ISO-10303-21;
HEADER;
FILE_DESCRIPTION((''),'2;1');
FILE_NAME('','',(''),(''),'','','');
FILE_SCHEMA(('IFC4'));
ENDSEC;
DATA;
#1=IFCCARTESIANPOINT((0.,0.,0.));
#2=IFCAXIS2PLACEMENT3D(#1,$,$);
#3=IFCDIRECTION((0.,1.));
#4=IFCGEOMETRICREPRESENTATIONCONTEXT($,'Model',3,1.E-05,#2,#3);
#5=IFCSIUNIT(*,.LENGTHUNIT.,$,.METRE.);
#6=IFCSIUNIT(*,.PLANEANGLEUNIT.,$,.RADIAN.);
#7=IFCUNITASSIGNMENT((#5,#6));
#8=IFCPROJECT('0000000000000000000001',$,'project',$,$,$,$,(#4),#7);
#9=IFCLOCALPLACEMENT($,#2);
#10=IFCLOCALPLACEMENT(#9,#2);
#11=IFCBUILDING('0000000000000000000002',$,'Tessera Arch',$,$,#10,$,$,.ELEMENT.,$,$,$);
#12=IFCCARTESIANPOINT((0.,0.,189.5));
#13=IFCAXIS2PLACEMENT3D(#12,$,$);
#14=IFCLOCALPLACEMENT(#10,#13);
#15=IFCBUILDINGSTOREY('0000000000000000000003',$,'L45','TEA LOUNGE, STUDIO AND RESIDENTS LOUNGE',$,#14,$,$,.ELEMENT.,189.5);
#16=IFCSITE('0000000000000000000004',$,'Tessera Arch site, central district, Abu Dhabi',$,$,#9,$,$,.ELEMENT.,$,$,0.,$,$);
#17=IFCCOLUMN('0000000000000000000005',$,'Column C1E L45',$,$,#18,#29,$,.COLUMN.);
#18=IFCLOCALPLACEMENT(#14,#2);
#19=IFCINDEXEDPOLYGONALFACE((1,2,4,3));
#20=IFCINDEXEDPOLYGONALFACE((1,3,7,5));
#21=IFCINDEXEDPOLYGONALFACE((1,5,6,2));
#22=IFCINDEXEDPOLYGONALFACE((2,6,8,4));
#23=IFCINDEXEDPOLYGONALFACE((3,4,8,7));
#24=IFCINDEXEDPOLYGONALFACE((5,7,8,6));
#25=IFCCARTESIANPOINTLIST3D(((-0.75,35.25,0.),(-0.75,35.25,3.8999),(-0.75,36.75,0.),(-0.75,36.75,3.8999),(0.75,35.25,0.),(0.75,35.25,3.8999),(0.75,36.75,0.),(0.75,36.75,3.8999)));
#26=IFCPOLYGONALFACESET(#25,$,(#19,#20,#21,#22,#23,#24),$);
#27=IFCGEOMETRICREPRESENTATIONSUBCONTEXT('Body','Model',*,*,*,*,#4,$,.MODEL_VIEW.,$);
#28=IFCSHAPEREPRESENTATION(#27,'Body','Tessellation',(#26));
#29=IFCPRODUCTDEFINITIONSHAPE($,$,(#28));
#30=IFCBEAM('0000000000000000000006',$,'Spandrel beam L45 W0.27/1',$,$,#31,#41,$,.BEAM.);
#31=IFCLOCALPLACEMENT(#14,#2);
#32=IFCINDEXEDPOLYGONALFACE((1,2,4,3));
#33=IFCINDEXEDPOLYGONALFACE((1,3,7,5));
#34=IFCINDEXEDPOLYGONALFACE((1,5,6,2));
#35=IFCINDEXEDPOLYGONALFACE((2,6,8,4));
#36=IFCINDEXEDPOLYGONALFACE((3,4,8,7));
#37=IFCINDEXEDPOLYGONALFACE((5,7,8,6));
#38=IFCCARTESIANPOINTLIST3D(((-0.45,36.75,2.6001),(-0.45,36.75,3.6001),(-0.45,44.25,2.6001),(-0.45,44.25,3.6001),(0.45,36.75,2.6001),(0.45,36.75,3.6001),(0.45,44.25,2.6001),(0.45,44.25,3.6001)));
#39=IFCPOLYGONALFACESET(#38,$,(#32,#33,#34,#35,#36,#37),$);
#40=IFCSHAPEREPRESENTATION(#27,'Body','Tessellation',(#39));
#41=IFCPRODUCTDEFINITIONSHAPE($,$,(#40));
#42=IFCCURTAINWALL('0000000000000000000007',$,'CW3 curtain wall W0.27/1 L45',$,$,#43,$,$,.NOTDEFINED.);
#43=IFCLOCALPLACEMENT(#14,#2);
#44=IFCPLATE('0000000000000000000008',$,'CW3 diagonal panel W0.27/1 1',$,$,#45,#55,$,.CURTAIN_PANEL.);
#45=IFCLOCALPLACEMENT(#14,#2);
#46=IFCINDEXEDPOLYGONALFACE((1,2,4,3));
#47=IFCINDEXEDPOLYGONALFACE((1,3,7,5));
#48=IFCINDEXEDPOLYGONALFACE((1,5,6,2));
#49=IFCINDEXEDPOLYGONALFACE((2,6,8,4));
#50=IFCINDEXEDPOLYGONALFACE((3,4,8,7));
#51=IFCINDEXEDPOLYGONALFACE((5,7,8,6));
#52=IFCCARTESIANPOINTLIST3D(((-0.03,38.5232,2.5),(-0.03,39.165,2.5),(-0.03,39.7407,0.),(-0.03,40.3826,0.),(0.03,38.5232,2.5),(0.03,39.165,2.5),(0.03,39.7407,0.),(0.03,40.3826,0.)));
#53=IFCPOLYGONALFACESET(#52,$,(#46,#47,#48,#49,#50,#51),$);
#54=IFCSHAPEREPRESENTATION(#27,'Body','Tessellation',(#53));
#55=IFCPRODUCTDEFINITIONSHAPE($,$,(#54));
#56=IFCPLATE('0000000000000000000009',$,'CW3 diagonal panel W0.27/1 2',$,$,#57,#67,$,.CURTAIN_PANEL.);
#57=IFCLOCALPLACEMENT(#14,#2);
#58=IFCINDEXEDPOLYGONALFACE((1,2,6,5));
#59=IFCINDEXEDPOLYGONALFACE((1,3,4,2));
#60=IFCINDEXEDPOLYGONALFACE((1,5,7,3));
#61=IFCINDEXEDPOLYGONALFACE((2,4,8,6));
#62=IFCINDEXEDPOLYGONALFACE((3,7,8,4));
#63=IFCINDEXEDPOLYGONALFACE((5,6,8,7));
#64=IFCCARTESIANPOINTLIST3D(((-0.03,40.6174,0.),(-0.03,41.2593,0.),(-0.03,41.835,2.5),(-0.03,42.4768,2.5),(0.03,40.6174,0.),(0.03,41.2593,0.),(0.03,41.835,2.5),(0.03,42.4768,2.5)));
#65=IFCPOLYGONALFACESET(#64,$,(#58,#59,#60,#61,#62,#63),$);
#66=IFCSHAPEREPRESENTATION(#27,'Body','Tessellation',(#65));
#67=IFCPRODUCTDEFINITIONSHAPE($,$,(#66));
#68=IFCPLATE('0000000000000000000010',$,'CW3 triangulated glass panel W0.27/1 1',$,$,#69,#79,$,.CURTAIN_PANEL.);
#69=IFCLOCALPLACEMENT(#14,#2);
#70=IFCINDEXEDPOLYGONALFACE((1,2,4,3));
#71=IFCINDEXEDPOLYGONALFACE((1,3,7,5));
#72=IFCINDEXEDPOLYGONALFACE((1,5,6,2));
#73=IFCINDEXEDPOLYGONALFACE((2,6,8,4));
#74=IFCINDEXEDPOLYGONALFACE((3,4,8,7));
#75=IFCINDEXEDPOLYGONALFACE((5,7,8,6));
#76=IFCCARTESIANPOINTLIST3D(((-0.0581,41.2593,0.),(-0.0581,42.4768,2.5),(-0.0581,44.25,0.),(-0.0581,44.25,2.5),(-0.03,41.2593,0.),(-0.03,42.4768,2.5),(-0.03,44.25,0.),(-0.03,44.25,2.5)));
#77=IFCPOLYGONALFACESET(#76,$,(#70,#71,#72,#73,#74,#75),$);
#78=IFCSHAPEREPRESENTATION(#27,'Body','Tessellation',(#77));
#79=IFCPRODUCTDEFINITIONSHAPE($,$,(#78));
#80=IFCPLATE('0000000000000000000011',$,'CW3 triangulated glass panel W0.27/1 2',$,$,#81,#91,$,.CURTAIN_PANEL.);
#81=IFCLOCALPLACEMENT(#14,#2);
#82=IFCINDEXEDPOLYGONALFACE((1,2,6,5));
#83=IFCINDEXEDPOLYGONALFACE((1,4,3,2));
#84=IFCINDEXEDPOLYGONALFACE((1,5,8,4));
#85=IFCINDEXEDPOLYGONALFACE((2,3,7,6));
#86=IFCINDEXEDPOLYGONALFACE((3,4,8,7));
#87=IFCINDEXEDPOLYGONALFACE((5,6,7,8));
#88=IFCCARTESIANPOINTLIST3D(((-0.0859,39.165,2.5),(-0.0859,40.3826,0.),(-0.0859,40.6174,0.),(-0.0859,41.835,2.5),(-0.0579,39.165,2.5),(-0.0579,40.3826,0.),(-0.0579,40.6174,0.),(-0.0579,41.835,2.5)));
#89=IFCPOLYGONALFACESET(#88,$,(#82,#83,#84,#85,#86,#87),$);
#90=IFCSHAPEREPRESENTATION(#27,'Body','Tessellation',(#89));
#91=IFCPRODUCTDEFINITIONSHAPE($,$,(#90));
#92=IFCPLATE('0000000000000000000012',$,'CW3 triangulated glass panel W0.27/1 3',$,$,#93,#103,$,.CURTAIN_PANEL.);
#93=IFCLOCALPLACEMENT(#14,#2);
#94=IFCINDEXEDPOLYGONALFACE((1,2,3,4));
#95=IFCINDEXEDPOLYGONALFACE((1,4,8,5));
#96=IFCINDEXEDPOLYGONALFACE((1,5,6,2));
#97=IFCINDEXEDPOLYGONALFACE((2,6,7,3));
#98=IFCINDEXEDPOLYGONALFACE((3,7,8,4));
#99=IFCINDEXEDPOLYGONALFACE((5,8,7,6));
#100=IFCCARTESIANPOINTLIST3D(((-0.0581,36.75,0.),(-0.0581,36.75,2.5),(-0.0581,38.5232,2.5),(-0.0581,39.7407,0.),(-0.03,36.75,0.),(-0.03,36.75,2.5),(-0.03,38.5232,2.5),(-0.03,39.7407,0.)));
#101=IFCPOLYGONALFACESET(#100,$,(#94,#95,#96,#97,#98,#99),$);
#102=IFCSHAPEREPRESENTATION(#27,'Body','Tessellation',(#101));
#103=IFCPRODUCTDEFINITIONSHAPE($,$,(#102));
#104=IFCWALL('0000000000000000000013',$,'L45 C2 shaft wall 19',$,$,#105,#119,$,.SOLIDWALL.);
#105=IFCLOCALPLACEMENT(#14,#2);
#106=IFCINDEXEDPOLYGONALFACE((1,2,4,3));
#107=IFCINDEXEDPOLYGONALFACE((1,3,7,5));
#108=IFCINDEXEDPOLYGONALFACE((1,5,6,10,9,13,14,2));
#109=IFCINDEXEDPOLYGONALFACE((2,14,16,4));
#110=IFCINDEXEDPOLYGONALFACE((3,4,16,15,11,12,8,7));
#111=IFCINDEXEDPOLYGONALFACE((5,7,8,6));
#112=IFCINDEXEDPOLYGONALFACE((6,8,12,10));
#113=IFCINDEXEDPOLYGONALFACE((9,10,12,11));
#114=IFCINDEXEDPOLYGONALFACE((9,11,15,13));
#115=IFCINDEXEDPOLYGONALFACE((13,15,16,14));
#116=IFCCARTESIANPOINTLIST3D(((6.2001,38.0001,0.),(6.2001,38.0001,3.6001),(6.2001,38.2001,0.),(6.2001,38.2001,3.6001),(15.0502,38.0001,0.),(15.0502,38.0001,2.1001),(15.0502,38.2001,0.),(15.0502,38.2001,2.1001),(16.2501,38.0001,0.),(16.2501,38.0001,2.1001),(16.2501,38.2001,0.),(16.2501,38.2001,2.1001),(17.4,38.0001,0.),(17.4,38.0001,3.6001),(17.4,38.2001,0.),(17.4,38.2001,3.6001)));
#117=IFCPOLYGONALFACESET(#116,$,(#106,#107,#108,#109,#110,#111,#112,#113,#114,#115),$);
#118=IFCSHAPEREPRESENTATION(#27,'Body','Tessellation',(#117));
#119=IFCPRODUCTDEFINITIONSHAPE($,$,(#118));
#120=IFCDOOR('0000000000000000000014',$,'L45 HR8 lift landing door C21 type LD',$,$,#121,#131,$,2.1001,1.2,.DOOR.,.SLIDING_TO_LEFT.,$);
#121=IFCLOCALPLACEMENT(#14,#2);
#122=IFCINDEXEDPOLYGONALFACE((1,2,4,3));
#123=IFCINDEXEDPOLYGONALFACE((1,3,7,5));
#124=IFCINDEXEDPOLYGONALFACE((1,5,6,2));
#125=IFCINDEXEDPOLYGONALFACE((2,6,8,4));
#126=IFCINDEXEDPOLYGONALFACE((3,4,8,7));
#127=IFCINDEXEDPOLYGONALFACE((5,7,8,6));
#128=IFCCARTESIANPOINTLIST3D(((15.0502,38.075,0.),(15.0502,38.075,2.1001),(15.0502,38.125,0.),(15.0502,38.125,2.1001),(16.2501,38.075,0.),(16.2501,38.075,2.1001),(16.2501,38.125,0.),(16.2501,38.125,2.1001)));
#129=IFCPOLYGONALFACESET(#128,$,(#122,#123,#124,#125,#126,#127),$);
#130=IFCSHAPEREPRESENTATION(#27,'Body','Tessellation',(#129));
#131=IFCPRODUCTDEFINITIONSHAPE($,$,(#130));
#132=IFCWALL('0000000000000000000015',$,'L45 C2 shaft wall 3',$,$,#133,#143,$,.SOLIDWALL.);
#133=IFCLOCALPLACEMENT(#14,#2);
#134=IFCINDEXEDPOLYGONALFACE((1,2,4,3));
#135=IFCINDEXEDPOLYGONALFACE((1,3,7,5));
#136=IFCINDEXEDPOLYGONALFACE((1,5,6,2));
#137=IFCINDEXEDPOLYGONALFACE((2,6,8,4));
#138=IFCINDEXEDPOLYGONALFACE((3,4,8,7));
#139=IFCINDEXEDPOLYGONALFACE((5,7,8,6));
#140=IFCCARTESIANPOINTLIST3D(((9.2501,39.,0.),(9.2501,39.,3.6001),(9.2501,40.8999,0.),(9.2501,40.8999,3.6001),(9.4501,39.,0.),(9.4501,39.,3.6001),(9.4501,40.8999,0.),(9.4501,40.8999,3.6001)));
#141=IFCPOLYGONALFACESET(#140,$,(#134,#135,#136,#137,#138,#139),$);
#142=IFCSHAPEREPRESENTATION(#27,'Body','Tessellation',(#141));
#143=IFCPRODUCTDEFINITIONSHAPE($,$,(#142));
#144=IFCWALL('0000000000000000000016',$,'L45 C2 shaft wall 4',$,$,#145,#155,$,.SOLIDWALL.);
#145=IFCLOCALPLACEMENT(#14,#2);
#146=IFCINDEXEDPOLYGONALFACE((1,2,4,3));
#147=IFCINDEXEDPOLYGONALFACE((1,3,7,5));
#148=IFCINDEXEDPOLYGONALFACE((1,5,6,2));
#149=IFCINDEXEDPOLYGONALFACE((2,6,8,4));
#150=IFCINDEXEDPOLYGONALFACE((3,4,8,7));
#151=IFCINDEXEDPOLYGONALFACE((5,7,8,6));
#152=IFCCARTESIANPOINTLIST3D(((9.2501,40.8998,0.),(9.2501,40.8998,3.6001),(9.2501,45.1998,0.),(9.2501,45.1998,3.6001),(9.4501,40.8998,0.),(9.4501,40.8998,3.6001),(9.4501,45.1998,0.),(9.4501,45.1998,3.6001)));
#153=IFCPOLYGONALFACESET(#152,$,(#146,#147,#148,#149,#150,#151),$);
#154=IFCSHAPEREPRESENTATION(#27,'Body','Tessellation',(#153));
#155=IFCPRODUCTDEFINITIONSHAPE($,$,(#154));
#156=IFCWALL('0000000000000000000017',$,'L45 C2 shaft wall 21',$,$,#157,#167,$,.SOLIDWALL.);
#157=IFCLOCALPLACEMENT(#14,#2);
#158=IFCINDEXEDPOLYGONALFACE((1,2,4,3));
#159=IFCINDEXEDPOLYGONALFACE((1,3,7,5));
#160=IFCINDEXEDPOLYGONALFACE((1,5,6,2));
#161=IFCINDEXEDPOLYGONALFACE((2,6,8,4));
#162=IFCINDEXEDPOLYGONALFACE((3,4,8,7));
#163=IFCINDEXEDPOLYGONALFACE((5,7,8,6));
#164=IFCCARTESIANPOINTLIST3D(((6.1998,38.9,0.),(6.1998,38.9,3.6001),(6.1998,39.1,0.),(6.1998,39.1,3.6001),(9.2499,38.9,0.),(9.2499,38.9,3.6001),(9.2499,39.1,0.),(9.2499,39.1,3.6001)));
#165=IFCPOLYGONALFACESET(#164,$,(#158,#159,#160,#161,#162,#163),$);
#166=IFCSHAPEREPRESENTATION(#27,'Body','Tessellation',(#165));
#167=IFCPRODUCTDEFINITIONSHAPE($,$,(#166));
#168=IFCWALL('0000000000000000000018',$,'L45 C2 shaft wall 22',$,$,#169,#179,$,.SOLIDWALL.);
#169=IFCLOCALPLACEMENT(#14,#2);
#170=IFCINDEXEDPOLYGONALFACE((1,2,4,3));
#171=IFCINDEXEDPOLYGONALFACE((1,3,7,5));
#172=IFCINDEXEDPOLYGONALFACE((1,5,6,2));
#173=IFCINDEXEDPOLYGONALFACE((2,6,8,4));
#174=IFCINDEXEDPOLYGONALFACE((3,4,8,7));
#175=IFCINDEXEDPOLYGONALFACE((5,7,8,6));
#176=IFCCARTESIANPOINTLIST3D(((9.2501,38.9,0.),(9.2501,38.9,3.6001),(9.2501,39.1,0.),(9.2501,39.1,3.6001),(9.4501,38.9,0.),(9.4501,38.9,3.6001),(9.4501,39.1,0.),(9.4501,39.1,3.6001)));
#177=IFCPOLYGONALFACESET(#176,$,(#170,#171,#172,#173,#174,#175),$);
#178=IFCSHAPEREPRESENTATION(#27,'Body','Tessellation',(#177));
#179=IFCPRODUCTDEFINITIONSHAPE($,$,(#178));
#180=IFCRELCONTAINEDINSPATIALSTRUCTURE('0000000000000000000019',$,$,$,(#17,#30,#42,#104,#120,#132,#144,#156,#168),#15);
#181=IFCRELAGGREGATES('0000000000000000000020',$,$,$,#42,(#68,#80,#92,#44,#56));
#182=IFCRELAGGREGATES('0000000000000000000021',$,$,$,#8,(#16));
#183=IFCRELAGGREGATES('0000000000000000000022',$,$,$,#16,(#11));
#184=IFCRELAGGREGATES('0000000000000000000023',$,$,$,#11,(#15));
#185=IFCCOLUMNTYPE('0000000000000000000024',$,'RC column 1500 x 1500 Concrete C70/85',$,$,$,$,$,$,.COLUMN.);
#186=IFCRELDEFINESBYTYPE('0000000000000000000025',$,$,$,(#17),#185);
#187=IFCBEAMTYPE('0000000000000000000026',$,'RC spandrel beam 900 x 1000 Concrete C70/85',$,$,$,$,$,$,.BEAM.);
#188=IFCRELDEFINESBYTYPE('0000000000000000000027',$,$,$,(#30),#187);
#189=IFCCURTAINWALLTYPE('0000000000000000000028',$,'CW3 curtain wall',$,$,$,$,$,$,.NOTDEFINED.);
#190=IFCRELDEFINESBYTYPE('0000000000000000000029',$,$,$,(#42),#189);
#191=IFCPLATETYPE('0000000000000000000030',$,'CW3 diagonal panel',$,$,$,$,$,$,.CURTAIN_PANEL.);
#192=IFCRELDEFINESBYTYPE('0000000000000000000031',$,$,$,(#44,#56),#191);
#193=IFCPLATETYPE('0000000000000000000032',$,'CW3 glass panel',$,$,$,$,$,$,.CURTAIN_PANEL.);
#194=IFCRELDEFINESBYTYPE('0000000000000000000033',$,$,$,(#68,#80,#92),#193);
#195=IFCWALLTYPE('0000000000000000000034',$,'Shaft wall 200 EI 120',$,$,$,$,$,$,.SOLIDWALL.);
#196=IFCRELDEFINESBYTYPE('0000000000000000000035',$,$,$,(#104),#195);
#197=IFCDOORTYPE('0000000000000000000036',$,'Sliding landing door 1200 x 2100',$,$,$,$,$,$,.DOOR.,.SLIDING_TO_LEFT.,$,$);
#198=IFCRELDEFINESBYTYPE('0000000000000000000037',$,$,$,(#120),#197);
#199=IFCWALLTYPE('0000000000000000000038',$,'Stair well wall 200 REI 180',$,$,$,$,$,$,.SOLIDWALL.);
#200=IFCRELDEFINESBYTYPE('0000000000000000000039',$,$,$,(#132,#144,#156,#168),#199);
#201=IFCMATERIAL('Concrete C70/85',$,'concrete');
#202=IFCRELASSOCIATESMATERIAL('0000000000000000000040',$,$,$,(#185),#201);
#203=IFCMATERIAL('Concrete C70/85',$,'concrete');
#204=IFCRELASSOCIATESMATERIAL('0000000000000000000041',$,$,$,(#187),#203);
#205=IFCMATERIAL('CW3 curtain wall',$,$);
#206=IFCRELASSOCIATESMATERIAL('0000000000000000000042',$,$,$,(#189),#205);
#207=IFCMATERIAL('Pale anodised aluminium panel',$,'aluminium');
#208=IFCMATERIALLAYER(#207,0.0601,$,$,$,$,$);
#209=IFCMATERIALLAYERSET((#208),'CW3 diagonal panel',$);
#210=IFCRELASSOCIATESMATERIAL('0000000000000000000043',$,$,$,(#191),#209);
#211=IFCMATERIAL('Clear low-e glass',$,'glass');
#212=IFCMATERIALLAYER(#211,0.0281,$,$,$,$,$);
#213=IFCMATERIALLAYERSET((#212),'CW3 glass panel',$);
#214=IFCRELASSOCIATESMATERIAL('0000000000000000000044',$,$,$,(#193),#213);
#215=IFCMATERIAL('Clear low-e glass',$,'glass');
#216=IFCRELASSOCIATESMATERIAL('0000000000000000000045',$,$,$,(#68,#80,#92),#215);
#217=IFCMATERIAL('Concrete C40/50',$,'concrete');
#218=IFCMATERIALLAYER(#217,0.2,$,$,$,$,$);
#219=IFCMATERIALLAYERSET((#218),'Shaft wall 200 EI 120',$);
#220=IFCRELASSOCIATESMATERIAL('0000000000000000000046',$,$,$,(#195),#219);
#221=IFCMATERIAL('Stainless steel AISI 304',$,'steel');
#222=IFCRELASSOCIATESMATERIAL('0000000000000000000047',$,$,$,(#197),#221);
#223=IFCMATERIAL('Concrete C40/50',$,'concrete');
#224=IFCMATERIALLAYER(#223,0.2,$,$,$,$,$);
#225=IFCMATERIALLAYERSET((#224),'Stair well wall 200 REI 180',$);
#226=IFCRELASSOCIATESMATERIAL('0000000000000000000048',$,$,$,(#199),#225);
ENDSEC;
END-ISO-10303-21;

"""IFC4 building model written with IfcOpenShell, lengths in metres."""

from ifc_helpers import new_model, si_unit, direction, frame, frame_2d, origin, origin_2d, place, context, subcontext, project, spatial, polyline, rectangle, outline, extrude, material, layer, layer_set, material_profile, profile_set, type_object, element, fill, aggregate, save


model = new_model("IFC4")

# Units and contexts
model_context = context("Model", 3, precision=1e-05, world=origin(), true_north=direction((0.0, 1.0)))
body_context = subcontext(model_context, "Body", "Model", "MODEL_VIEW")
ifc_project = project(units=[si_unit("LENGTHUNIT", "METRE"), si_unit("PLANEANGLEUNIT", "RADIAN")], contexts=[model_context])

# Site, building, storey
site_placement = place(None, origin())
site = spatial("IfcSite", under=ifc_project, at=site_placement, Name="Tessera Arch site, central district, Abu Dhabi", CompositionType="ELEMENT", RefElevation=0.0)
building_placement = place(site_placement, origin())
building = spatial("IfcBuilding", under=site, at=building_placement, Name="Tessera Arch", CompositionType="ELEMENT")
storey_placement = place(building_placement, frame((0.0, 0.0, 189.5)))
storey = spatial("IfcBuildingStorey", under=building, at=storey_placement, Name="L45", Description="TEA LOUNGE, STUDIO AND RESIDENTS LOUNGE", CompositionType="ELEMENT", Elevation=189.5)

# Column
ifc_material_1 = material(Name="Concrete C70/85", Category="concrete")
ifc_material_profile_1 = material_profile(ifc_material_1, rectangle(XDim=1.5, YDim=1.5, at=origin_2d()), Name="RC column 1500 x 1500 Concrete C70/85")
ifc_profile_set_1 = profile_set([ifc_material_profile_1], Name="Concrete C70/85")
column_type = type_object("IfcColumnType", Name="RC column 1500 x 1500 Concrete C70/85", PredefinedType="COLUMN", material=ifc_profile_set_1)
column_placement = place(storey_placement, frame((0.0, 36.0, 0.0), z_axis=(0.0, 0.0, 1.0), x_axis=(1.0, 0.0, 0.0)))
element("IfcColumn", 1, at=column_placement, inside=storey, type_object=column_type, Name="Column C1E L45", PredefinedType="COLUMN", context=body_context, shape_type="SweptSolid", body=[
    extrude(rectangle(XDim=1.5, YDim=1.5, at=origin_2d()), origin(), (0.0, 0.0, 1.0), 3.8999),
])

# Beam
ifc_material_2 = material(Name="Concrete C70/85", Category="concrete")
ifc_material_profile_2 = material_profile(ifc_material_2, rectangle(XDim=0.8999, YDim=1.0, at=origin_2d()), Name="RC spandrel beam 900 x 1000 Concrete C70/85")
ifc_profile_set_2 = profile_set([ifc_material_profile_2], Name="Concrete C70/85")
beam_type = type_object("IfcBeamType", Name="RC spandrel beam 900 x 1000 Concrete C70/85", PredefinedType="BEAM", material=ifc_profile_set_2)
beam_placement = place(storey_placement, frame((0.0, 44.25, 3.1001), z_axis=(0.0, -1.0, 0.0), x_axis=(1.0, 0.0, 0.0)))
element("IfcBeam", 2, at=beam_placement, inside=storey, type_object=beam_type, Name="Spandrel beam L45 W0.27/1", PredefinedType="BEAM", context=body_context, shape_type="SweptSolid", body=[
    extrude(rectangle(XDim=0.8999, YDim=1.0, at=origin_2d()), origin(), (0.0, 0.0, 1.0), 7.5),
])

# Curtain wall, plates
ifc_material_3 = material(Name="CW3 curtain wall")
curtain_wall_type = type_object("IfcCurtainWallType", Name="CW3 curtain wall", PredefinedType="NOTDEFINED", material=ifc_material_3)
curtain_wall_placement = place(storey_placement, origin())
curtain_wall = element("IfcCurtainWall", 3, at=curtain_wall_placement, inside=storey, type_object=curtain_wall_type, Name="CW3 curtain wall W0.27/1 L45", PredefinedType="NOTDEFINED")
ifc_material_4 = material(Name="Pale anodised aluminium panel", Category="aluminium")
ifc_layer_1 = layer(ifc_material_4, 0.0601)
ifc_layer_set_1 = layer_set([ifc_layer_1], Name="CW3 diagonal panel")
plate_type_1 = type_object("IfcPlateType", Name="CW3 diagonal panel", PredefinedType="CURTAIN_PANEL", material=ifc_layer_set_1)
plate_1_placement = place(storey_placement, frame((-0.03, 38.5232, 2.5), z_axis=(-1.0, 0.0, 0.0), x_axis=(0.0, 1.0, 0.0)))
plate_1 = element("IfcPlate", 4, at=plate_1_placement, type_object=plate_type_1, Name="CW3 diagonal panel W0.27/1 1", PredefinedType="CURTAIN_PANEL", context=body_context, shape_type="SweptSolid", body=[
    extrude(outline(polyline([(0.0, 0.0), (0.6418, 0.0), (1.8594, 2.5), (1.2175, 2.5), (0.0, 0.0)])), origin(), (0.0, 0.0, -1.0), 0.0601),
])
plate_2_placement = place(storey_placement, frame((-0.03, 41.835, 2.5), z_axis=(-1.0, 0.0, 0.0), x_axis=(0.0, 1.0, 0.0)))
plate_2 = element("IfcPlate", 5, at=plate_2_placement, type_object=plate_type_1, Name="CW3 diagonal panel W0.27/1 2", PredefinedType="CURTAIN_PANEL", context=body_context, shape_type="SweptSolid", body=[
    extrude(outline(polyline([(0.0, 0.0), (0.6418, 0.0), (-0.5757, 2.5), (-1.2175, 2.5), (0.0, 0.0)])), origin(), (0.0, 0.0, -1.0), 0.0601),
])
ifc_material_5 = material(Name="Clear low-e glass", Category="glass")
ifc_material_6 = material(Name="Clear low-e glass", Category="glass")
ifc_layer_2 = layer(ifc_material_6, 0.0281)
ifc_layer_set_2 = layer_set([ifc_layer_2], Name="CW3 glass panel")
plate_type_2 = type_object("IfcPlateType", Name="CW3 glass panel", PredefinedType="CURTAIN_PANEL", material=ifc_layer_set_2)
plate_3_placement = place(storey_placement, frame((-0.0581, 44.25, 0.0), z_axis=(-1.0, 0.0, 0.0), x_axis=(0.0, -1.0, 0.0)))
plate_3 = element("IfcPlate", 6, at=plate_3_placement, type_object=plate_type_2, material=ifc_material_5, Name="CW3 triangulated glass panel W0.27/1 1", PredefinedType="CURTAIN_PANEL", context=body_context, shape_type="SweptSolid", body=[
    extrude(outline(polyline([(0.0, 0.0), (2.9907, 0.0), (1.7732, 2.5), (0.0, 2.5), (0.0, 0.0)])), origin(), (0.0, 0.0, -1.0), 0.0281),
])
plate_4_placement = place(storey_placement, frame((-0.0859, 39.165, 2.5), z_axis=(-1.0, 0.0, 0.0), x_axis=(0.0, 1.0, 0.0)))
plate_4 = element("IfcPlate", 7, at=plate_4_placement, type_object=plate_type_2, material=ifc_material_5, Name="CW3 triangulated glass panel W0.27/1 2", PredefinedType="CURTAIN_PANEL", context=body_context, shape_type="SweptSolid", body=[
    extrude(outline(polyline([(0.0, 0.0), (2.6699, 0.0), (1.4524, 2.5), (1.2175, 2.5), (0.0, 0.0)])), origin(), (0.0, 0.0, -1.0), 0.0281),
])
plate_5_placement = place(storey_placement, frame((-0.0581, 36.75, 2.5), z_axis=(-1.0, 0.0, 0.0), x_axis=(0.0, 1.0, 0.0)))
plate_5 = element("IfcPlate", 8, at=plate_5_placement, type_object=plate_type_2, material=ifc_material_5, Name="CW3 triangulated glass panel W0.27/1 3", PredefinedType="CURTAIN_PANEL", context=body_context, shape_type="SweptSolid", body=[
    extrude(outline(polyline([(0.0, 0.0), (1.7732, 0.0), (2.9907, 2.5), (0.0, 2.5), (0.0, 0.0)])), origin(), (0.0, 0.0, -1.0), 0.0281),
])
aggregate(curtain_wall, [plate_3, plate_4, plate_5, plate_1, plate_2])

# Wall, opening, door
ifc_material_7 = material(Name="Concrete C40/50", Category="concrete")
ifc_layer_3 = layer(ifc_material_7, 0.2)
ifc_layer_set_3 = layer_set([ifc_layer_3], Name="Shaft wall 200 EI 120")
wall_type_1 = type_object("IfcWallType", Name="Shaft wall 200 EI 120", PredefinedType="SOLIDWALL", material=ifc_layer_set_3)
wall_1_placement = place(storey_placement, frame((6.2, 38.1001, 0.0), z_axis=(0.0, 0.0, 1.0), x_axis=(1.0, 0.0, 0.0)))
wall_1 = element("IfcWall", 9, at=wall_1_placement, inside=storey, type_object=wall_type_1, Name="L45 C2 shaft wall 19", PredefinedType="SOLIDWALL", context=body_context, shape_type="SweptSolid", body=[
    extrude(rectangle(XDim=11.2, YDim=0.2, at=frame_2d((5.6001, 0.0))), origin(), (0.0, 0.0, 1.0), 3.6001),
])
opening_placement = place(wall_1_placement, frame((8.8501, 0.0, 0.0)))
opening = element("IfcOpeningElement", 10, at=opening_placement, cuts=wall_1, PredefinedType="OPENING", context=body_context, shape_type="SweptSolid", body=[
    extrude(rectangle(XDim=1.2, YDim=2.1001, at=frame_2d((0.6001, 1.05))), frame((0.0, 0.1099, 0.0), z_axis=(0.0, -1.0, 0.0), x_axis=(1.0, 0.0, 0.0)), (0.0, 0.0, 1.0), 0.22),
])
ifc_material_8 = material(Name="Stainless steel AISI 304", Category="steel")
door_type = type_object("IfcDoorType", Name="Sliding landing door 1200 x 2100", OperationType="SLIDING_TO_LEFT", PredefinedType="DOOR", material=ifc_material_8)
door_placement = place(opening_placement, origin())
door = element("IfcDoor", 11, at=door_placement, inside=storey, type_object=door_type, Name="L45 HR8 lift landing door C21 type LD", OperationType="SLIDING_TO_LEFT", OverallHeight=2.1001, OverallWidth=1.2, PredefinedType="DOOR", context=body_context, shape_type="SweptSolid", body=[
    extrude(rectangle(XDim=1.2, YDim=2.1001, at=frame_2d((0.6001, 1.05))), frame((0.0, 0.0249, 0.0), z_axis=(0.0, -1.0, 0.0), x_axis=(1.0, 0.0, 0.0)), (0.0, 0.0, 1.0), 0.05),
])
fill(opening, door)

# Walls
ifc_material_9 = material(Name="Concrete C40/50", Category="concrete")
ifc_layer_4 = layer(ifc_material_9, 0.2)
ifc_layer_set_4 = layer_set([ifc_layer_4], Name="Stair well wall 200 REI 180")
wall_type_2 = type_object("IfcWallType", Name="Stair well wall 200 REI 180", PredefinedType="SOLIDWALL", material=ifc_layer_set_4)
wall_2_placement = place(storey_placement, frame((9.3501, 39.0, 0.0), z_axis=(0.0, 0.0, 1.0), x_axis=(0.0, 1.0, 0.0)))
element("IfcWall", 12, at=wall_2_placement, inside=storey, type_object=wall_type_2, Name="L45 C2 shaft wall 3", PredefinedType="SOLIDWALL", context=body_context, shape_type="SweptSolid", body=[
    extrude(rectangle(XDim=1.8999, YDim=0.2, at=frame_2d((0.95, 0.0))), origin(), (0.0, 0.0, 1.0), 3.6001),
])
wall_3_placement = place(storey_placement, frame((9.3501, 40.8999, 0.0), z_axis=(0.0, 0.0, 1.0), x_axis=(0.0, 1.0, 0.0)))
element("IfcWall", 13, at=wall_3_placement, inside=storey, type_object=wall_type_2, Name="L45 C2 shaft wall 4", PredefinedType="SOLIDWALL", context=body_context, shape_type="SweptSolid", body=[
    extrude(rectangle(XDim=4.3, YDim=0.2, at=frame_2d((2.1499, 0.0))), origin(), (0.0, 0.0, 1.0), 3.6001),
])
wall_4_placement = place(storey_placement, frame((6.2, 39.0, 0.0), z_axis=(0.0, 0.0, 1.0), x_axis=(1.0, 0.0, 0.0)))
element("IfcWall", 14, at=wall_4_placement, inside=storey, type_object=wall_type_2, Name="L45 C2 shaft wall 21", PredefinedType="SOLIDWALL", context=body_context, shape_type="SweptSolid", body=[
    extrude(rectangle(XDim=3.05, YDim=0.2, at=frame_2d((1.5249, 0.0))), origin(), (0.0, 0.0, 1.0), 3.6001),
])
wall_5_placement = place(storey_placement, frame((9.25, 39.0, 0.0), z_axis=(0.0, 0.0, 1.0), x_axis=(1.0, 0.0, 0.0)))
element("IfcWall", 15, at=wall_5_placement, inside=storey, type_object=wall_type_2, Name="L45 C2 shaft wall 22", PredefinedType="SOLIDWALL", context=body_context, shape_type="SweptSolid", body=[
    extrude(rectangle(XDim=0.2, YDim=0.2, at=frame_2d((0.1001, 0.0))), origin(), (0.0, 0.0, 1.0), 3.6001),
])

save(model, "model.ifc")
